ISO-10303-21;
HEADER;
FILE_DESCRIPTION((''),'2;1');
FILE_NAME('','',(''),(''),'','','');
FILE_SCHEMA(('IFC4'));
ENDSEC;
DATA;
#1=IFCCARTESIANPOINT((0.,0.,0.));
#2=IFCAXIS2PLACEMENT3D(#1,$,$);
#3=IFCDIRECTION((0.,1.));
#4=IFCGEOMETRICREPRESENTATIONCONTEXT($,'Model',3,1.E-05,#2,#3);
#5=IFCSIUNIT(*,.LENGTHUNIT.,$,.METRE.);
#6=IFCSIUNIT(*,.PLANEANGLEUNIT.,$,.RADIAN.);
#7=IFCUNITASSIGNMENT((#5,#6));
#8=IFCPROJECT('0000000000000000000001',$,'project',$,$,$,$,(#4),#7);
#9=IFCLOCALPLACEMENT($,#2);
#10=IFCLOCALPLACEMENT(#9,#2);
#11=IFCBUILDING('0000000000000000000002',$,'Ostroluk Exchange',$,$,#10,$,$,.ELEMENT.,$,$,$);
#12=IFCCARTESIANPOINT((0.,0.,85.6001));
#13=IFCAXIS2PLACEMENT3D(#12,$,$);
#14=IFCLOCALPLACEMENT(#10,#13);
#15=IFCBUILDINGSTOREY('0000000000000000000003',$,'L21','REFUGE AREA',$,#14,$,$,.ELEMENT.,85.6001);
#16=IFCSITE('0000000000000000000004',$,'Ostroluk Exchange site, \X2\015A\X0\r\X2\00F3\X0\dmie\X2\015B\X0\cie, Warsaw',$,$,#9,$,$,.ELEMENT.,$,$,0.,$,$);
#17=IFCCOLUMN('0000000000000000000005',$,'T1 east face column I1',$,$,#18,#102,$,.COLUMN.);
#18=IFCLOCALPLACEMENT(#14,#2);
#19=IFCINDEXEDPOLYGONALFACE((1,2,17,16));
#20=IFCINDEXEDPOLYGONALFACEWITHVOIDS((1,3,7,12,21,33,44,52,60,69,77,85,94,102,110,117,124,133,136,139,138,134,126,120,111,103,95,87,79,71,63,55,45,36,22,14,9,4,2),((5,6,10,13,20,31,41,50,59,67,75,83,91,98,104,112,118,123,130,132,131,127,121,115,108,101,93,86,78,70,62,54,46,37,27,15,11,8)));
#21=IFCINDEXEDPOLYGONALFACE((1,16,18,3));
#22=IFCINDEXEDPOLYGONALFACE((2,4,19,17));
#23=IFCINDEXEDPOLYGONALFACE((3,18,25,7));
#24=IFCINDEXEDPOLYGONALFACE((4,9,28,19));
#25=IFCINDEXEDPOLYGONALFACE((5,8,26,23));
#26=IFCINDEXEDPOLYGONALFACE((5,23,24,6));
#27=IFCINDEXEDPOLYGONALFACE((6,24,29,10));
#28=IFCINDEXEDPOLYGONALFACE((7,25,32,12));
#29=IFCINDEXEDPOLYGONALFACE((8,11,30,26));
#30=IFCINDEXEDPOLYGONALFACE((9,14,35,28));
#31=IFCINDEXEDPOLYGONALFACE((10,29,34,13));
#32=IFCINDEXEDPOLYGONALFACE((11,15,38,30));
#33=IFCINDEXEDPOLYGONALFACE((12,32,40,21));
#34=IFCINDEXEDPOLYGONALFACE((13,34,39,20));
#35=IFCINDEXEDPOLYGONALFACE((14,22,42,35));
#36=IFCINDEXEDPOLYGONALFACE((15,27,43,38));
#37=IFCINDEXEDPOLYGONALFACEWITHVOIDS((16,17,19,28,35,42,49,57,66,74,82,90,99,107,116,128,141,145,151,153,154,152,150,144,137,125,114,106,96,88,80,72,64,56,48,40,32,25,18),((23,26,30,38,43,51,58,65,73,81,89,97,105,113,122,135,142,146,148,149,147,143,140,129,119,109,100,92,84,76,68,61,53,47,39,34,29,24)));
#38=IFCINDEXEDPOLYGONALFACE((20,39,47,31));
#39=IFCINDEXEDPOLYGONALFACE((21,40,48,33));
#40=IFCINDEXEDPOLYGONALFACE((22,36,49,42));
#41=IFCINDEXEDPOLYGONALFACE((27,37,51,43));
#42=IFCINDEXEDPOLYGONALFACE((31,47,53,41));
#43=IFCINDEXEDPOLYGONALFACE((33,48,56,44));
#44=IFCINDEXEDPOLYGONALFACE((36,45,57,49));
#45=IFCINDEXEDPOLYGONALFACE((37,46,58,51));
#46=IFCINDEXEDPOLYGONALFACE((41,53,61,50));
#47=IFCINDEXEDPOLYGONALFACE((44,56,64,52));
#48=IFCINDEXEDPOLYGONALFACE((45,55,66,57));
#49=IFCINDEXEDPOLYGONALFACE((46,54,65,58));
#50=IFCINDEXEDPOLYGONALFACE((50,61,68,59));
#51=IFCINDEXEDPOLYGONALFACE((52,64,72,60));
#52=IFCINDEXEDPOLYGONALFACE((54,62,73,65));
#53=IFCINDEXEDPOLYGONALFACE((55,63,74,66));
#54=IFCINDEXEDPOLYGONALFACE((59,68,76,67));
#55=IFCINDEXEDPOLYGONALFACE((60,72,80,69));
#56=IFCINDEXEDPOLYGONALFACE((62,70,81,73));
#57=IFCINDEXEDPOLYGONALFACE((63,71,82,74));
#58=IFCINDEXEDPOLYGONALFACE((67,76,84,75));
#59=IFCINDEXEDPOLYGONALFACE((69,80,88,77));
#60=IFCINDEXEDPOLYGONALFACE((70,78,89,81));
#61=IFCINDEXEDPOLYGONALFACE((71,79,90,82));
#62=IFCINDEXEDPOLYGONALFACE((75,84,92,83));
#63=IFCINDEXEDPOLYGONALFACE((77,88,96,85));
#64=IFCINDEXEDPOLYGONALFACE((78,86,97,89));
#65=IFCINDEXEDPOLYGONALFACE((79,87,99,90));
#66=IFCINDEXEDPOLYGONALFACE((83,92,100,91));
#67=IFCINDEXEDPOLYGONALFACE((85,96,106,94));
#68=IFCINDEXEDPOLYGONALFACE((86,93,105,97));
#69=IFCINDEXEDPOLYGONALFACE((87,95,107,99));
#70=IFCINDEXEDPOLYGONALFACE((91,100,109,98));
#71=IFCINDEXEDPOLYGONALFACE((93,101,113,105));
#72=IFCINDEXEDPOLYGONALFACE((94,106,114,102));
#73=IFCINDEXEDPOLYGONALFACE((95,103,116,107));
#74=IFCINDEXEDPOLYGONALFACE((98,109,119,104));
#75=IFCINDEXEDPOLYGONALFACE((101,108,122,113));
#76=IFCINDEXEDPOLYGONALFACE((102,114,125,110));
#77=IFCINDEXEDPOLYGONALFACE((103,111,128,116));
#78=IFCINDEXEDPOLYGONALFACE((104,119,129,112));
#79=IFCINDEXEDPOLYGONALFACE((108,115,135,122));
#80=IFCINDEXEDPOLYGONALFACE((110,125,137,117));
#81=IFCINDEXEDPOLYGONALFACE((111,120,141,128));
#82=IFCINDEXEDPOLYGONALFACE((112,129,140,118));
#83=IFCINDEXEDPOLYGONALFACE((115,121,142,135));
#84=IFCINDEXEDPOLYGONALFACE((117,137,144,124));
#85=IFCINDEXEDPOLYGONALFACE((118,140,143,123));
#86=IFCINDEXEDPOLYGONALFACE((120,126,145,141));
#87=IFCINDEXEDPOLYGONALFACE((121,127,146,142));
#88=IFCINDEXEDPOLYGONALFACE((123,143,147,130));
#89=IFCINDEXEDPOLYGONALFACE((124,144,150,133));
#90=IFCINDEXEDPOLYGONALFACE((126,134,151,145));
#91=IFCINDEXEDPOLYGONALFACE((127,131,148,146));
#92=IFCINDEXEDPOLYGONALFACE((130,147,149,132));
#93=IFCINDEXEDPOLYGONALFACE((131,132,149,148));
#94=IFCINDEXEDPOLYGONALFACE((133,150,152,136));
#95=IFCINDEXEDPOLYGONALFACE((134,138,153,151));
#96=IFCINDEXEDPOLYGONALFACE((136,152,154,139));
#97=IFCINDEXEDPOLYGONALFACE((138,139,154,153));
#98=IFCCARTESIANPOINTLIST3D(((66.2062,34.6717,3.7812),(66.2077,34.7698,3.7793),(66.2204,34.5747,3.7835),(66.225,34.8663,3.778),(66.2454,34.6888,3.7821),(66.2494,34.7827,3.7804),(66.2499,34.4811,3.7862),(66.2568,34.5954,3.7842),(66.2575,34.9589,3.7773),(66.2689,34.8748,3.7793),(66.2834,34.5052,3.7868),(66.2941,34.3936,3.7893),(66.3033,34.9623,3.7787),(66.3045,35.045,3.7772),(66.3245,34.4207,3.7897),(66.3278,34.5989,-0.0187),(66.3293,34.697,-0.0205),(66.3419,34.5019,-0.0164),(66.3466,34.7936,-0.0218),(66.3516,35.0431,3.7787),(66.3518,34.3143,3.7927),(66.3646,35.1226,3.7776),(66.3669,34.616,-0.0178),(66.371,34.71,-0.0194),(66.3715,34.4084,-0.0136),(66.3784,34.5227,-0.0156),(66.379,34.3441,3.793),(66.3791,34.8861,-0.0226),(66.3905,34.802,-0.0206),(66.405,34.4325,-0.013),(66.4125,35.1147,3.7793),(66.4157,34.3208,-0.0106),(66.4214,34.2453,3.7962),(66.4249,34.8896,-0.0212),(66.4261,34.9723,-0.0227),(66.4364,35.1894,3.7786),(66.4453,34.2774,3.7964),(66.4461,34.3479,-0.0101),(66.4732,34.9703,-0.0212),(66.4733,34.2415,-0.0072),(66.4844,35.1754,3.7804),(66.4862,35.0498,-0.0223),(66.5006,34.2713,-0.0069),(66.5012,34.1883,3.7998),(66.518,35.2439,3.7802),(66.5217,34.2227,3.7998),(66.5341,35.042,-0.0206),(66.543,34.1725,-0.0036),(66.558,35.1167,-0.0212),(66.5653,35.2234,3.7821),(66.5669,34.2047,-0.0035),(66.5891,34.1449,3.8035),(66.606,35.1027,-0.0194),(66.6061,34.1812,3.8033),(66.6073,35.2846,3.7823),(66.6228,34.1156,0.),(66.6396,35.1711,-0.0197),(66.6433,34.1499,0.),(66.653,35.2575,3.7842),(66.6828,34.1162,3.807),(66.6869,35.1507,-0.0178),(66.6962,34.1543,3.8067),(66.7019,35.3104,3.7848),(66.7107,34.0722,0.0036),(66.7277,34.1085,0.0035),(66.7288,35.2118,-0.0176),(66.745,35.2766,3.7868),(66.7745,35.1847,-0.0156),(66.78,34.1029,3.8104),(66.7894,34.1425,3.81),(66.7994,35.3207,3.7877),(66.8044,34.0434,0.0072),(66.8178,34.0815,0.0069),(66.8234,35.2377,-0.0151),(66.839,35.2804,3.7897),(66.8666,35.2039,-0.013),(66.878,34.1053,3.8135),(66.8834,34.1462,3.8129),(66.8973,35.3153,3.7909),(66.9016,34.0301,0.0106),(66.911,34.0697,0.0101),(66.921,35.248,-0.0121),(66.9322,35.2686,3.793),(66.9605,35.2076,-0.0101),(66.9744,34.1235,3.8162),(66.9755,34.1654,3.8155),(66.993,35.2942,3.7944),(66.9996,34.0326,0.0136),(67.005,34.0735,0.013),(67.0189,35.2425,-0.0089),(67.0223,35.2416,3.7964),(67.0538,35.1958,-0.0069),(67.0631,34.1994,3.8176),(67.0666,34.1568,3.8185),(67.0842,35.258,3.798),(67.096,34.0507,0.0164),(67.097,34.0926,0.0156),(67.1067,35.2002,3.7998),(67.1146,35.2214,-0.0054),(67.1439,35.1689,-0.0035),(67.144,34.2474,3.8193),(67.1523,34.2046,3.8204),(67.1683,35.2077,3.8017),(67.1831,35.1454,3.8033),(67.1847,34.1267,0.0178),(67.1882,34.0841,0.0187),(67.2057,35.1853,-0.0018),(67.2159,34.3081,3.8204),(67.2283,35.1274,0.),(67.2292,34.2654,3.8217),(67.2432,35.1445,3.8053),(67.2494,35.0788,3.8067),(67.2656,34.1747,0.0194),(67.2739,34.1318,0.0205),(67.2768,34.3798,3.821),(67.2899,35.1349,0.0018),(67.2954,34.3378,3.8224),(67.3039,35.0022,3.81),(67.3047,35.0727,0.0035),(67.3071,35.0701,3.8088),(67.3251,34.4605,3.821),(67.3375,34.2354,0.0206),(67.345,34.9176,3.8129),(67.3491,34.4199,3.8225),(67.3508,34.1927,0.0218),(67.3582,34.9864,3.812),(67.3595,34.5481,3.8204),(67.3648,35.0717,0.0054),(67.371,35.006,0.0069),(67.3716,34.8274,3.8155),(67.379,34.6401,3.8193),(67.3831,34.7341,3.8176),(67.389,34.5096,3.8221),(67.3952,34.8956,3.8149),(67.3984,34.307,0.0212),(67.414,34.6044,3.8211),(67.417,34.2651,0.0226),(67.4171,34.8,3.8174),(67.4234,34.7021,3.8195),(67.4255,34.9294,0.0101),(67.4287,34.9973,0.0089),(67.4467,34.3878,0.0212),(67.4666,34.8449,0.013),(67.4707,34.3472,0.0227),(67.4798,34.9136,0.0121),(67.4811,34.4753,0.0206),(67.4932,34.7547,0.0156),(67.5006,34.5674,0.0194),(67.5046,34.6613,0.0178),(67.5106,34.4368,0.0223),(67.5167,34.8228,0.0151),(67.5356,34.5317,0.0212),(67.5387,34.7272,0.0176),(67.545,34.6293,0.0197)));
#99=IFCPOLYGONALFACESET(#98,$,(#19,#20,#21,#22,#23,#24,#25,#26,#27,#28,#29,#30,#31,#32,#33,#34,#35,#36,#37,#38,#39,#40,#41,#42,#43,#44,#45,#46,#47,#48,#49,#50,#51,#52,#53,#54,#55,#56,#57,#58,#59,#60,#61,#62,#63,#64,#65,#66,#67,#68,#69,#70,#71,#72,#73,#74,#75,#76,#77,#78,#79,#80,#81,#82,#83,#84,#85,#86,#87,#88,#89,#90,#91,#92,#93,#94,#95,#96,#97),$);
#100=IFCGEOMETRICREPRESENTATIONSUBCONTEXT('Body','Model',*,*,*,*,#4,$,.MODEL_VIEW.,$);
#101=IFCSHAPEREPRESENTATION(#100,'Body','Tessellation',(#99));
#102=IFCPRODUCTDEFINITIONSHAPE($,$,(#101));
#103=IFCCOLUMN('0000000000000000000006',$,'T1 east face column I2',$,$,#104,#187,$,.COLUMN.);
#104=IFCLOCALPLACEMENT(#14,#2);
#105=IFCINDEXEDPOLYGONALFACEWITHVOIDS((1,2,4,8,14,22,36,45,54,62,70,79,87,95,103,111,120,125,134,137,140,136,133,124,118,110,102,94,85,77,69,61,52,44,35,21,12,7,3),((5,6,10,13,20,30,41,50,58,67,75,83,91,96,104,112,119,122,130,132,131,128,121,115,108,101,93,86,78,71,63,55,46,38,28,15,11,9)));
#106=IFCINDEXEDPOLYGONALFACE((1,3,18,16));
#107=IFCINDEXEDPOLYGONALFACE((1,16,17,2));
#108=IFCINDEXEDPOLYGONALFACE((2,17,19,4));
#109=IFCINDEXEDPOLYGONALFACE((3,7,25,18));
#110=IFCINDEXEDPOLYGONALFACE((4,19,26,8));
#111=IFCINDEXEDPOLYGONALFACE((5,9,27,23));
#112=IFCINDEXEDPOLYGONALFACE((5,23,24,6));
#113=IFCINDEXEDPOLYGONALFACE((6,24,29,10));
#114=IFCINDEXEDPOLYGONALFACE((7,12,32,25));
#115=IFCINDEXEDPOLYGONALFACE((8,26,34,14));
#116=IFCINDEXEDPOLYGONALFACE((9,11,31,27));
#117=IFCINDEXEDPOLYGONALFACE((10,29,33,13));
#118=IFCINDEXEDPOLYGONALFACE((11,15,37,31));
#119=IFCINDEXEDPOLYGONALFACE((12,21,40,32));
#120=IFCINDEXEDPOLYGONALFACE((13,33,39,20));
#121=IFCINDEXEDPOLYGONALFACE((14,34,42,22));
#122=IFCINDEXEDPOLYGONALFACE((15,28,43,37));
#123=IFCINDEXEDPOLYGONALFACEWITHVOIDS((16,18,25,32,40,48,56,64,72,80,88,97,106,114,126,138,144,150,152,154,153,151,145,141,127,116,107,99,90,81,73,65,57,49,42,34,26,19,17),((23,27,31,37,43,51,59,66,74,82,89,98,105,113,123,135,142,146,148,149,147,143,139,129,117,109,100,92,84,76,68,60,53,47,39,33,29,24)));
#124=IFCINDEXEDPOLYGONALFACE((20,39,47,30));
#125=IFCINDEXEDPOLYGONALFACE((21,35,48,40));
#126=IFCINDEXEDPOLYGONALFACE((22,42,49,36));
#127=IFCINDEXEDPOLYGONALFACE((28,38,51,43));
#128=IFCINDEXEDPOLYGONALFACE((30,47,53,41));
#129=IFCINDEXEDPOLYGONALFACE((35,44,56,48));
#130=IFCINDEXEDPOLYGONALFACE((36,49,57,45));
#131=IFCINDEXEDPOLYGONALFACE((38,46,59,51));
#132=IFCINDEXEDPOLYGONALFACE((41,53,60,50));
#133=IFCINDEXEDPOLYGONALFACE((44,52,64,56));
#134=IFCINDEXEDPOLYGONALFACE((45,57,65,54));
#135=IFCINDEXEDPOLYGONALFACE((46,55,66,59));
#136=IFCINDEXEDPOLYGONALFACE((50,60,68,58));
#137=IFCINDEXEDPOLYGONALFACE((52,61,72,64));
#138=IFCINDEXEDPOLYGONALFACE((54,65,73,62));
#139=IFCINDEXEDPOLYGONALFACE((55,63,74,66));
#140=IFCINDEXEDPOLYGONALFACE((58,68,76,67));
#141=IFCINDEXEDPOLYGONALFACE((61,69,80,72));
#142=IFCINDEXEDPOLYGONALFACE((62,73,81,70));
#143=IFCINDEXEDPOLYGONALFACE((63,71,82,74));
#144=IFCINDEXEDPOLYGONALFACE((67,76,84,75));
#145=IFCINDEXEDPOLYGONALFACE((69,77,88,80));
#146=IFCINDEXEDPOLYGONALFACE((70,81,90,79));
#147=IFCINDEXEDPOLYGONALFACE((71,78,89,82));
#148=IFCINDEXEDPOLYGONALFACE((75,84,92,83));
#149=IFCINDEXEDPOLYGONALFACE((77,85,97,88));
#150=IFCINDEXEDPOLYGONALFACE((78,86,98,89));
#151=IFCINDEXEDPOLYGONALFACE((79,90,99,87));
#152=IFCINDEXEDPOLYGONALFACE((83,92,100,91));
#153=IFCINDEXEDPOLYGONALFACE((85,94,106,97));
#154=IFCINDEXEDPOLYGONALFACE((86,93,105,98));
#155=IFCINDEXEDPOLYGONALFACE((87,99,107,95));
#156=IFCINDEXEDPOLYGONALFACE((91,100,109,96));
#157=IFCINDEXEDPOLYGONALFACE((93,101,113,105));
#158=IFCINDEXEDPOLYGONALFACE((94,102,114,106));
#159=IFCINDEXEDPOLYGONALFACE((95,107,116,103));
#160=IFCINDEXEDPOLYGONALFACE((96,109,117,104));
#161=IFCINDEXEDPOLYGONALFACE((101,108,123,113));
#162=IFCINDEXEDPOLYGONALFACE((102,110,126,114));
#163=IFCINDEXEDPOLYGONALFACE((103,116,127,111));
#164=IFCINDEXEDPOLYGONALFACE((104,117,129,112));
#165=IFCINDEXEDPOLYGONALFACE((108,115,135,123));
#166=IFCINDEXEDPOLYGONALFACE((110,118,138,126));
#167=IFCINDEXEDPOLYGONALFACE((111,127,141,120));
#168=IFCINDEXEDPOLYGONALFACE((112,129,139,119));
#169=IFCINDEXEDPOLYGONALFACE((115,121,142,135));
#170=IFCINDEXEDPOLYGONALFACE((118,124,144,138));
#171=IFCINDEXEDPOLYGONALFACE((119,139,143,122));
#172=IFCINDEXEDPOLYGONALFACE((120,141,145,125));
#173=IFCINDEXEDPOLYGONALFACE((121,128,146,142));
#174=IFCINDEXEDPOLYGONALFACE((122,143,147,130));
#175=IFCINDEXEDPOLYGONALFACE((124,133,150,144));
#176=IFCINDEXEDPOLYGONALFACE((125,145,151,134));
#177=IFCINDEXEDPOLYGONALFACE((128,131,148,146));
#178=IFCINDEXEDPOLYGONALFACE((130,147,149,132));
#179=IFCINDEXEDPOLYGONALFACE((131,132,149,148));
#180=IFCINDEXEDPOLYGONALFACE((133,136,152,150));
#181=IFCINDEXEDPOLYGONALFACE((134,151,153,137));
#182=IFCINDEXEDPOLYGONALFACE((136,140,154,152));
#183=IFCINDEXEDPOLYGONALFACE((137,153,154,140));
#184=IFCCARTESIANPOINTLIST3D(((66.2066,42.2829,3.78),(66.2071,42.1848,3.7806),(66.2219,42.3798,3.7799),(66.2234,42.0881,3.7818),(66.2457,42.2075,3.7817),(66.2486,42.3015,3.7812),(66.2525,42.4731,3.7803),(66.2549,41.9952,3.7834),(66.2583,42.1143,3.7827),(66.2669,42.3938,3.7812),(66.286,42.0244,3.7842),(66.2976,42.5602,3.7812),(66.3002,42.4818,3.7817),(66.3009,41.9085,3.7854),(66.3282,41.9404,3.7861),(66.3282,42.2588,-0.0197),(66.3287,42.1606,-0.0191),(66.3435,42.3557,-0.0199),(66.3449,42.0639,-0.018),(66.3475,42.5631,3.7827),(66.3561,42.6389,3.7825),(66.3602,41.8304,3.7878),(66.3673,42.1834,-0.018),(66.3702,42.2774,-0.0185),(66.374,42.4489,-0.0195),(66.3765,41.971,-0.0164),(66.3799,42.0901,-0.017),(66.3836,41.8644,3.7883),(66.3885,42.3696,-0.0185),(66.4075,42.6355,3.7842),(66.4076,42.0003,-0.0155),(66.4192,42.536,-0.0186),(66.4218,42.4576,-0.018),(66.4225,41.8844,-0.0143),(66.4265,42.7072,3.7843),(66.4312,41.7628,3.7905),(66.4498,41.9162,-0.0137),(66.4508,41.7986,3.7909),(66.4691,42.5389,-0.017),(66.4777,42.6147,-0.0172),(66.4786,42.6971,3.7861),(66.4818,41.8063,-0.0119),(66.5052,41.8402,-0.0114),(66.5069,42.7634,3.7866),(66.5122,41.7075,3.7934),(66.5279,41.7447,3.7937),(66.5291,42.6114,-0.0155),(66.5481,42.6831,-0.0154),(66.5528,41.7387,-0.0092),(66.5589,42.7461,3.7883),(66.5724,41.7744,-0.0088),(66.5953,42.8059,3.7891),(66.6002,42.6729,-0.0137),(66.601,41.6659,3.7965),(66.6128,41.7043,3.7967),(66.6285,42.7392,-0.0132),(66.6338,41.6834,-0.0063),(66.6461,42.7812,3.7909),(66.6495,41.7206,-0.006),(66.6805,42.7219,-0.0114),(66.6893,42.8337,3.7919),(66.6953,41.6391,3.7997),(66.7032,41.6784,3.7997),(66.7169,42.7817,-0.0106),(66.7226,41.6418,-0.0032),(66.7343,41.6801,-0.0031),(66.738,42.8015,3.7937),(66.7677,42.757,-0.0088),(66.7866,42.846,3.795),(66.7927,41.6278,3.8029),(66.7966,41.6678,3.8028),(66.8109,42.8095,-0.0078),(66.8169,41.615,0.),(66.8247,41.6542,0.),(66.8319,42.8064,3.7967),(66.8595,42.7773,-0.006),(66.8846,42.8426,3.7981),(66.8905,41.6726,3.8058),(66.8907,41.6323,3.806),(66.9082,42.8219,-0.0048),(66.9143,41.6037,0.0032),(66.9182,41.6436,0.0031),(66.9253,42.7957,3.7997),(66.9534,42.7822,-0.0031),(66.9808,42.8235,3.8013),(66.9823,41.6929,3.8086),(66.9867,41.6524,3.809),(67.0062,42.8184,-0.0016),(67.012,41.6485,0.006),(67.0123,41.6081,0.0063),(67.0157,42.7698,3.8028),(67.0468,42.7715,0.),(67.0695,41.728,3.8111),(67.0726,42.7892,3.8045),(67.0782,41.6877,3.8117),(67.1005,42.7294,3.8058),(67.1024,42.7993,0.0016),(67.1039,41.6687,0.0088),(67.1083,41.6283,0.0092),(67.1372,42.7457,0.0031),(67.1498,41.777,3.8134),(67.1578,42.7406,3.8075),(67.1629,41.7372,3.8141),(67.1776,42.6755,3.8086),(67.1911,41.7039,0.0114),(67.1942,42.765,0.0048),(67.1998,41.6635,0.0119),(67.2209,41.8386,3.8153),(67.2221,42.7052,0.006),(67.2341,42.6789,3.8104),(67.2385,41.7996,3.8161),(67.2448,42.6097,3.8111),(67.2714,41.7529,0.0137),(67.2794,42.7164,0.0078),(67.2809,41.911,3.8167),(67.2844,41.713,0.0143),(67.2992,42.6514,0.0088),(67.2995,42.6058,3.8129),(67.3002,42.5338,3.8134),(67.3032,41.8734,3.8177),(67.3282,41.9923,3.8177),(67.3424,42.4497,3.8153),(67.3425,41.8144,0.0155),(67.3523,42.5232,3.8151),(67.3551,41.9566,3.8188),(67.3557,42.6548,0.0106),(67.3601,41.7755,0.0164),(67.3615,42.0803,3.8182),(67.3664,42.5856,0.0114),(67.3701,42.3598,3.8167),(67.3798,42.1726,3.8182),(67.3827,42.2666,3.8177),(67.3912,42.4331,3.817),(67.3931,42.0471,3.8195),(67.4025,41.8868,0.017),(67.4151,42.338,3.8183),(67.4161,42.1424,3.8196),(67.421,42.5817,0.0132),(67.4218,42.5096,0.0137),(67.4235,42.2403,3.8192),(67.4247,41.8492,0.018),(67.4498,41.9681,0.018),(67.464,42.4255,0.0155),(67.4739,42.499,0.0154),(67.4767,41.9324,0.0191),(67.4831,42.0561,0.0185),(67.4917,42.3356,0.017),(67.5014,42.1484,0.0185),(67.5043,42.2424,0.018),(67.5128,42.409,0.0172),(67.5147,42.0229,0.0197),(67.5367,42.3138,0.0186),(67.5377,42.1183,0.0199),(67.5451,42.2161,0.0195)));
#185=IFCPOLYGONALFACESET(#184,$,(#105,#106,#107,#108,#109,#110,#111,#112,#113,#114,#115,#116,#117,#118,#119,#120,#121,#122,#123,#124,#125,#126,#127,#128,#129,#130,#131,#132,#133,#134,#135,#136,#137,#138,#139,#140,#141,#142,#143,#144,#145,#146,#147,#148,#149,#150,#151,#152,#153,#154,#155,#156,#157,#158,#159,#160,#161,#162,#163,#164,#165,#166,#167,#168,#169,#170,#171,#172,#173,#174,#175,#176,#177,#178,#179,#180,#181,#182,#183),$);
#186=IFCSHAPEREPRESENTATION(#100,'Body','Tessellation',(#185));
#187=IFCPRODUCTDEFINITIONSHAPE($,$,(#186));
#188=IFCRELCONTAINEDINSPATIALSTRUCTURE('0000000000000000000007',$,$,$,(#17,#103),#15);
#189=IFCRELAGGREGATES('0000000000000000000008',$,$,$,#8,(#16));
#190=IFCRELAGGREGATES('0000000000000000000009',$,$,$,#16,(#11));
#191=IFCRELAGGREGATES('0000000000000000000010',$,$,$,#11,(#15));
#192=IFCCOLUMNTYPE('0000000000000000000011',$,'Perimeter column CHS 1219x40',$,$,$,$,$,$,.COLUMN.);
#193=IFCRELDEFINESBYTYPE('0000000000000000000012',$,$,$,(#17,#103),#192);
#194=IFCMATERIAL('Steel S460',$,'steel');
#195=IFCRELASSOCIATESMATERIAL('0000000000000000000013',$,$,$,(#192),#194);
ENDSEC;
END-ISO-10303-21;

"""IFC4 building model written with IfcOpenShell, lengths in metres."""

from ifc_helpers import new_model, si_unit, direction, frame, origin, origin_2d, place, context, subcontext, project, spatial, hollow_circle, extrude, material, material_profile, profile_set, type_object, element, save


model = new_model("IFC4")

# Units and contexts
model_context = context("Model", 3, precision=1e-05, world=origin(), true_north=direction((0.0, 1.0)))
body_context = subcontext(model_context, "Body", "Model", "MODEL_VIEW")
ifc_project = project(units=[si_unit("LENGTHUNIT", "METRE"), si_unit("PLANEANGLEUNIT", "RADIAN")], contexts=[model_context])

# Site, building, storey
site_placement = place(None, origin())
site = spatial("IfcSite", under=ifc_project, at=site_placement, Name="Ostroluk Exchange site, Śródmieście, Warsaw", CompositionType="ELEMENT", RefElevation=0.0)
building_placement = place(site_placement, origin())
building = spatial("IfcBuilding", under=site, at=building_placement, Name="Ostroluk Exchange", CompositionType="ELEMENT")
storey_placement = place(building_placement, frame((0.0, 0.0, 85.6001)))
storey = spatial("IfcBuildingStorey", under=building, at=storey_placement, Name="L21", Description="REFUGE AREA", CompositionType="ELEMENT", Elevation=85.6001)

# Columns
ifc_material_1 = material(Name="Steel S460", Category="steel")
ifc_material_profile_1 = material_profile(ifc_material_1, hollow_circle(Radius=0.6096, WallThickness=0.04, at=origin_2d()), Name="CHS 1219x40")
ifc_profile_set_1 = profile_set([ifc_material_profile_1], Name="Steel S460")
column_type = type_object("IfcColumnType", Name="Perimeter column CHS 1219x40", PredefinedType="COLUMN", material=ifc_profile_set_1)
column_1_placement = place(storey_placement, frame((66.9358, 34.6387, 0.0), z_axis=(-0.031975, 0.019133, 0.999306), x_axis=(-0.513482, -0.8581, 0.0)))
element("IfcColumn", 1, at=column_1_placement, inside=storey, type_object=column_type, Name="T1 east face column I1", PredefinedType="COLUMN", context=body_context, shape_type="SweptSolid", body=[
    extrude(hollow_circle(Radius=0.6096, WallThickness=0.04, at=origin_2d()), origin(), (0.0, 0.0, 1.0), 3.8025),
])
column_2_placement = place(storey_placement, frame((66.9358, 42.2129, 0.0), z_axis=(-0.03198, 0.006357, 0.999468), x_axis=(-0.19498, -0.980807, 0.0)))
element("IfcColumn", 2, at=column_2_placement, inside=storey, type_object=column_type, Name="T1 east face column I2", PredefinedType="COLUMN", context=body_context, shape_type="SweptSolid", body=[
    extrude(hollow_circle(Radius=0.6096, WallThickness=0.04, at=origin_2d()), origin(), (0.0, 0.0, 1.0), 3.8018),
])

save(model, "model.ifc")
